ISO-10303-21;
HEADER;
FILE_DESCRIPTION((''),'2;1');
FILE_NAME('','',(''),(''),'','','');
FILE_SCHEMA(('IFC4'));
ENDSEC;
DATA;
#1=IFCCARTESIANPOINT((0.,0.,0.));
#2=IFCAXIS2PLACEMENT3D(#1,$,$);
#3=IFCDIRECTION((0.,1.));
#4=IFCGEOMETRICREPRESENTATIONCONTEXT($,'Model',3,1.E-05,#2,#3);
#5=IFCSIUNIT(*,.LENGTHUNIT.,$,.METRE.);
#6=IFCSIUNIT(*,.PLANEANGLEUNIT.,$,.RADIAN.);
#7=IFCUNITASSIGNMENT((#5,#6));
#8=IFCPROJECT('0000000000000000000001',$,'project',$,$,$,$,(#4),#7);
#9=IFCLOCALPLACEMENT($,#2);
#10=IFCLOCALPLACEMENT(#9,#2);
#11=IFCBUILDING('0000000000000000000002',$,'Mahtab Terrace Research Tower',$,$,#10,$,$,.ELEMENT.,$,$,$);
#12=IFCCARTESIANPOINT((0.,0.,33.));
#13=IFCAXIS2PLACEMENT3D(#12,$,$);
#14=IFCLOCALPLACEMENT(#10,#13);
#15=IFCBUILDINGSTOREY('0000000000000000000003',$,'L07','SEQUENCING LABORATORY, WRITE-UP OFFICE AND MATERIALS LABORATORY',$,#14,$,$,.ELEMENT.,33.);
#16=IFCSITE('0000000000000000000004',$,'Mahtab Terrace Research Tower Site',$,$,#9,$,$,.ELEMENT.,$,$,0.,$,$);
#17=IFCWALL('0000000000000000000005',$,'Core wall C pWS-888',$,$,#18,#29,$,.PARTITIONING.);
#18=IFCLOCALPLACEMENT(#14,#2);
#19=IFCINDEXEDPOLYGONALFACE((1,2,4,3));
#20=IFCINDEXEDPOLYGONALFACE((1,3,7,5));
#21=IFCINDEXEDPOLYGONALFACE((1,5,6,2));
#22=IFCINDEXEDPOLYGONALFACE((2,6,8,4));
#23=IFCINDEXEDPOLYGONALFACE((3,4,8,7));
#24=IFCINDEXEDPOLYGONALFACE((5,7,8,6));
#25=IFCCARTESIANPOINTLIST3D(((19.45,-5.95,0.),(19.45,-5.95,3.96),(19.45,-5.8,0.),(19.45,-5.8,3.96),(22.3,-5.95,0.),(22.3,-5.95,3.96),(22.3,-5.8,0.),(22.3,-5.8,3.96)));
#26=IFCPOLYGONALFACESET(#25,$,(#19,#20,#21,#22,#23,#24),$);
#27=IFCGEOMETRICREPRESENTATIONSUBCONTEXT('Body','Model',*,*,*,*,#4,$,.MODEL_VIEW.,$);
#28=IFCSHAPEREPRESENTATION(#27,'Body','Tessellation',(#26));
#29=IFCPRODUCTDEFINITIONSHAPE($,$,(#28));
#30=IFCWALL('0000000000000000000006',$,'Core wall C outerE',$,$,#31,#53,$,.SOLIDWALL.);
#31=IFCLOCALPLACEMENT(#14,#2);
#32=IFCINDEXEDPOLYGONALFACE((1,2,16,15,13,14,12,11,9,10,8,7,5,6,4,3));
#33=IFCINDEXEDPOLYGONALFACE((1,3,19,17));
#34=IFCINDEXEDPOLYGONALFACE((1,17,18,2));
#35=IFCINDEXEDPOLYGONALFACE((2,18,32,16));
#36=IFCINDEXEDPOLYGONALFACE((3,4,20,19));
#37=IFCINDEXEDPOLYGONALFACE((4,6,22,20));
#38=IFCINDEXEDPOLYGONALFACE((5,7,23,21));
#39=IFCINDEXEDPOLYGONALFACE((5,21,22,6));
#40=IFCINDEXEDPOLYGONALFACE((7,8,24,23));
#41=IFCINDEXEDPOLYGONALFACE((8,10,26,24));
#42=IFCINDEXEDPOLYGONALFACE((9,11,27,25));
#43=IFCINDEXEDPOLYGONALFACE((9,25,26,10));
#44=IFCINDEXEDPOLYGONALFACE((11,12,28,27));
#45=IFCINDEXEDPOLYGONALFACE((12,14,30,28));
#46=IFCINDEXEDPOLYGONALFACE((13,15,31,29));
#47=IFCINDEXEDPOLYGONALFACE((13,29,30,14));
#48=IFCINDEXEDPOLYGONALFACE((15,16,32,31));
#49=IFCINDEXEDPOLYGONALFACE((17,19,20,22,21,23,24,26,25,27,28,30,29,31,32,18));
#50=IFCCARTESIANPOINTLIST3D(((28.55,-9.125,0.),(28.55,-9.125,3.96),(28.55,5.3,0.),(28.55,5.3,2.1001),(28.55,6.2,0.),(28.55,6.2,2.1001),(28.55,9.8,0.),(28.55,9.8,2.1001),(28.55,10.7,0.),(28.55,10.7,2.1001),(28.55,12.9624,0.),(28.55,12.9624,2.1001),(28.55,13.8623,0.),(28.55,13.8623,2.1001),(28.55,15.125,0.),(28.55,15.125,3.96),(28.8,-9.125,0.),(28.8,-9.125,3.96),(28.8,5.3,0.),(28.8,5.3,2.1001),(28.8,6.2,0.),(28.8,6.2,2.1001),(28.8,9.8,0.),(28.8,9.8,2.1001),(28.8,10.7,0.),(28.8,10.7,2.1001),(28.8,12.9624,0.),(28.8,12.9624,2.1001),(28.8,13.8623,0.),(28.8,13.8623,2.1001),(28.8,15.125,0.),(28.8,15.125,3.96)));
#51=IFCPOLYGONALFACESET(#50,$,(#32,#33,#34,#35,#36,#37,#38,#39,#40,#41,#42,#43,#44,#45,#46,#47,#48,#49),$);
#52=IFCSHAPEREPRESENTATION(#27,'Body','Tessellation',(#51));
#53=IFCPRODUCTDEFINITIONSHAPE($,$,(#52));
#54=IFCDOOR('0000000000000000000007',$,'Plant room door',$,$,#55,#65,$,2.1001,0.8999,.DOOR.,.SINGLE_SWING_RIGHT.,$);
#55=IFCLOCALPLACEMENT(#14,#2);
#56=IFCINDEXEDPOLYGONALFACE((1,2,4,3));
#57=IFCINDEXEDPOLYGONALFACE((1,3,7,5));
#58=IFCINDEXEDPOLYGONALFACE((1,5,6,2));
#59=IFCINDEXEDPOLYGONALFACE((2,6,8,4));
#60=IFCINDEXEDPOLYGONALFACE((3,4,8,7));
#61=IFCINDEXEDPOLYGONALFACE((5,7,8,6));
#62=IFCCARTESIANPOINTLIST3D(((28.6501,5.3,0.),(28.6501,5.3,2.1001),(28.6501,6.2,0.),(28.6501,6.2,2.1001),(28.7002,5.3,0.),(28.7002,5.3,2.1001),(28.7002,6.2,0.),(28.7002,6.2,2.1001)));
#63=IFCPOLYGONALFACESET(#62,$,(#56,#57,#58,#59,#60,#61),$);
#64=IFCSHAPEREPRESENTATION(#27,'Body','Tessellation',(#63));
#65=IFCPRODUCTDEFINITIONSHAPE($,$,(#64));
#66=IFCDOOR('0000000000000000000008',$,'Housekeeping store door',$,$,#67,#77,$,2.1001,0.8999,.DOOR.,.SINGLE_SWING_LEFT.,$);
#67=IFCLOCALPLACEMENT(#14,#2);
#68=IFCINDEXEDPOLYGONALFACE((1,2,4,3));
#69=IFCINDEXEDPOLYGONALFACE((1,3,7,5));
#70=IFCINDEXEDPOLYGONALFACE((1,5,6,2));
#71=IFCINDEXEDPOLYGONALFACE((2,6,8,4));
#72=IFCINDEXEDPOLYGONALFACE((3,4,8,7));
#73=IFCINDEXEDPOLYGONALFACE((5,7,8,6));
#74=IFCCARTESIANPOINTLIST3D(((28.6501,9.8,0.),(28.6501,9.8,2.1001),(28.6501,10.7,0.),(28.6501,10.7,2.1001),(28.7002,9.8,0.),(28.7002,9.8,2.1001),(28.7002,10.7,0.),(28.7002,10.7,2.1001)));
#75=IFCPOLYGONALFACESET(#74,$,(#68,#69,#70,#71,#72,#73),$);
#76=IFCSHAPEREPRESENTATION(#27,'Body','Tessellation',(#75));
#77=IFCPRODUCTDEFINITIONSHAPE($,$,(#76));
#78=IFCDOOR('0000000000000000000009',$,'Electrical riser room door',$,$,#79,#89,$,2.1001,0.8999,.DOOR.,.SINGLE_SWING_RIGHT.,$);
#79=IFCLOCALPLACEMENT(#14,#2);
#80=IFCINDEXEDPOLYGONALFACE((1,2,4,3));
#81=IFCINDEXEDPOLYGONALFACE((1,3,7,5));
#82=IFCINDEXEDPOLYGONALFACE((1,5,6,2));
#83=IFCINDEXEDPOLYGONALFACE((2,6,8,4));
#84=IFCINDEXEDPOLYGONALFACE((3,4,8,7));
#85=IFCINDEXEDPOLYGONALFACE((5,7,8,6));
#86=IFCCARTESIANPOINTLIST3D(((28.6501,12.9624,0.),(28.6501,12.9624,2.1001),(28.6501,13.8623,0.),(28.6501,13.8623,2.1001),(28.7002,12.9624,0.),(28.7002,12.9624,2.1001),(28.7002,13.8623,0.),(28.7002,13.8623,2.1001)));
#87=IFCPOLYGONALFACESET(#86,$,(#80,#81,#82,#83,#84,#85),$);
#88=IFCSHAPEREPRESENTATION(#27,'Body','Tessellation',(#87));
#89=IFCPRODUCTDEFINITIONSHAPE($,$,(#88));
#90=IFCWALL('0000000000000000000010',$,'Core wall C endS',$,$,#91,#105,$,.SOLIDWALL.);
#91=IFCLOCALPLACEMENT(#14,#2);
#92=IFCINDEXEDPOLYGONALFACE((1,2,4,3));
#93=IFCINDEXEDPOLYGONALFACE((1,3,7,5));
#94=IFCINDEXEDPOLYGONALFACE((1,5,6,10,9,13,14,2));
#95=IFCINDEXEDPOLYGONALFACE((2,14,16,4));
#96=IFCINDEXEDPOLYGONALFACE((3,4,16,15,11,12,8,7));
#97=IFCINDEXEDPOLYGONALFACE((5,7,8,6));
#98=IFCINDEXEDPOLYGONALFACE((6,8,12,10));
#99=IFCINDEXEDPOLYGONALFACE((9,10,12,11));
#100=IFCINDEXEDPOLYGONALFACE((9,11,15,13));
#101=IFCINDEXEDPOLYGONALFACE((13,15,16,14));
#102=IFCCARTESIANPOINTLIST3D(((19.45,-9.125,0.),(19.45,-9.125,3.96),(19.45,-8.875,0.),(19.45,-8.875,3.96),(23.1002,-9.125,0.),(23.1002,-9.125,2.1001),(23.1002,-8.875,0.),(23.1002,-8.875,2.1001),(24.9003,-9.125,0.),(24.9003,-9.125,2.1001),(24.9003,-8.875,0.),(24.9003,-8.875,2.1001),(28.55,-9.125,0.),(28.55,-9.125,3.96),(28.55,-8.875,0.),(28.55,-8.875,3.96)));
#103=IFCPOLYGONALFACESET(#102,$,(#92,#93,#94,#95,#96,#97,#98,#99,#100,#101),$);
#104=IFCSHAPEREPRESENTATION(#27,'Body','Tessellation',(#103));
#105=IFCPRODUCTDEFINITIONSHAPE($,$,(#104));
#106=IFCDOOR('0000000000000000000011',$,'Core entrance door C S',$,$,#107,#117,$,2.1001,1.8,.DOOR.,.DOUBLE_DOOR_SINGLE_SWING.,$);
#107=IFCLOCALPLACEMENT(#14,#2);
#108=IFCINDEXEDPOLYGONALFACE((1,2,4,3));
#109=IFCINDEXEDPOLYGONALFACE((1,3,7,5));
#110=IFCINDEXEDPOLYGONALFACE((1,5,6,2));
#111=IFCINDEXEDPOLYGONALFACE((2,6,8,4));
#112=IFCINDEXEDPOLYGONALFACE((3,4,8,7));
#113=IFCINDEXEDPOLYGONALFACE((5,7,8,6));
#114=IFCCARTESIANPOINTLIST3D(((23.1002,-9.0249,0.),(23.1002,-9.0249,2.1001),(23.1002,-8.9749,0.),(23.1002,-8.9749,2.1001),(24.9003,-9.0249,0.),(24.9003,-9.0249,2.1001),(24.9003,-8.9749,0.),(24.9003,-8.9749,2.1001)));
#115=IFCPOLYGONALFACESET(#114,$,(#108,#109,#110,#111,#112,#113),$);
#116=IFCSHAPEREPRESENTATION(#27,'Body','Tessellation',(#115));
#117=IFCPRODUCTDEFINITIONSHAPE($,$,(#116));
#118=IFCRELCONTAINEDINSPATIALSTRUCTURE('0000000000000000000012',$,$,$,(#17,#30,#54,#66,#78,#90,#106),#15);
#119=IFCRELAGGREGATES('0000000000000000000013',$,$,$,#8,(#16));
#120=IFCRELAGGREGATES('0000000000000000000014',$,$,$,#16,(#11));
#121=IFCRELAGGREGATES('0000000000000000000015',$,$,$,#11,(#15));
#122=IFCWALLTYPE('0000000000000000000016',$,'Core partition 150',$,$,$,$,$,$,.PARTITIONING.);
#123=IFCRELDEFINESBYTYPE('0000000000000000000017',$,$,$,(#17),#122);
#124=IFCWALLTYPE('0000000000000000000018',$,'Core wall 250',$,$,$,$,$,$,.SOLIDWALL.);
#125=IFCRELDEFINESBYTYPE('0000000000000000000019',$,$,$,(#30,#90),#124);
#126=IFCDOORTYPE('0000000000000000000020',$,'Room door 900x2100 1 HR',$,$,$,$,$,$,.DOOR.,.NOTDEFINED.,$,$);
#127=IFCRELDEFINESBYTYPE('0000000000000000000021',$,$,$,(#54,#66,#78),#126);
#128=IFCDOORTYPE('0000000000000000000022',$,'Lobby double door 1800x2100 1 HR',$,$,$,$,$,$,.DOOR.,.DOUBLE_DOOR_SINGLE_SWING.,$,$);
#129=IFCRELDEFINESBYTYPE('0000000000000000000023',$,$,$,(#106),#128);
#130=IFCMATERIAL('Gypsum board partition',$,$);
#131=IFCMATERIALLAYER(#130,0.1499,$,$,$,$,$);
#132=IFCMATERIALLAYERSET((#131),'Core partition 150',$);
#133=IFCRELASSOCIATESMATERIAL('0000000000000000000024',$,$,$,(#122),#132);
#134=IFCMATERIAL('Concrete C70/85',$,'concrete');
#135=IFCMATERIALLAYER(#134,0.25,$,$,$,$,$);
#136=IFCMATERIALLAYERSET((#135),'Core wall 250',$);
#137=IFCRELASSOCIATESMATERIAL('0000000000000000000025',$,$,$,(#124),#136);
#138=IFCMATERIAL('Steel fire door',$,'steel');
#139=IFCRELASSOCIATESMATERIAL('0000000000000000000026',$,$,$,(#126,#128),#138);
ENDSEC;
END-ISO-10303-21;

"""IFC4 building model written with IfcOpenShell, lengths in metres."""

from ifc_helpers import new_model, si_unit, direction, frame, frame_2d, origin, place, context, subcontext, project, spatial, rectangle, extrude, material, layer, layer_set, type_object, element, fill, save


model = new_model("IFC4")

# Units and contexts
model_context = context("Model", 3, precision=1e-05, world=origin(), true_north=direction((0.0, 1.0)))
body_context = subcontext(model_context, "Body", "Model", "MODEL_VIEW")
ifc_project = project(units=[si_unit("LENGTHUNIT", "METRE"), si_unit("PLANEANGLEUNIT", "RADIAN")], contexts=[model_context])

# Site, building, storey
site_placement = place(None, origin())
site = spatial("IfcSite", under=ifc_project, at=site_placement, Name="Mahtab Terrace Research Tower Site", CompositionType="ELEMENT", RefElevation=0.0)
building_placement = place(site_placement, origin())
building = spatial("IfcBuilding", under=site, at=building_placement, Name="Mahtab Terrace Research Tower", CompositionType="ELEMENT")
storey_placement = place(building_placement, frame((0.0, 0.0, 33.0)))
storey = spatial("IfcBuildingStorey", under=building, at=storey_placement, Name="L07", Description="SEQUENCING LABORATORY, WRITE-UP OFFICE AND MATERIALS LABORATORY", CompositionType="ELEMENT", Elevation=33.0)

# Wall
ifc_material_1 = material(Name="Gypsum board partition")
ifc_layer_1 = layer(ifc_material_1, 0.1499)
ifc_layer_set_1 = layer_set([ifc_layer_1], Name="Core partition 150")
wall_type_1 = type_object("IfcWallType", Name="Core partition 150", PredefinedType="PARTITIONING", material=ifc_layer_set_1)
wall_1_placement = place(storey_placement, frame((19.45, -5.875, 0.0), z_axis=(0.0, 0.0, 1.0), x_axis=(1.0, 0.0, 0.0)))
element("IfcWall", 1, at=wall_1_placement, inside=storey, type_object=wall_type_1, Name="Core wall C pWS-888", PredefinedType="PARTITIONING", context=body_context, shape_type="SweptSolid", body=[
    extrude(rectangle(XDim=2.8501, YDim=0.1499, at=frame_2d((1.425, 0.0))), origin(), (0.0, 0.0, 1.0), 3.96),
])

# Wall, openings, doors
ifc_material_2 = material(Name="Concrete C70/85", Category="concrete")
ifc_layer_2 = layer(ifc_material_2, 0.25)
ifc_layer_set_2 = layer_set([ifc_layer_2], Name="Core wall 250")
wall_type_2 = type_object("IfcWallType", Name="Core wall 250", PredefinedType="SOLIDWALL", material=ifc_layer_set_2)
wall_2_placement = place(storey_placement, frame((28.675, -9.125, 0.0), z_axis=(0.0, 0.0, 1.0), x_axis=(0.0, 1.0, 0.0)))
wall_2 = element("IfcWall", 2, at=wall_2_placement, inside=storey, type_object=wall_type_2, Name="Core wall C outerE", PredefinedType="SOLIDWALL", context=body_context, shape_type="SweptSolid", body=[
    extrude(rectangle(XDim=24.25, YDim=0.25, at=frame_2d((12.125, 0.0))), origin(), (0.0, 0.0, 1.0), 3.96),
])
opening_1_placement = place(wall_2_placement, frame((14.425, 0.0, 0.0)))
opening_1 = element("IfcOpeningElement", 3, at=opening_1_placement, cuts=wall_2, PredefinedType="OPENING", context=body_context, shape_type="SweptSolid", body=[
    extrude(rectangle(XDim=0.8999, YDim=2.1001, at=frame_2d((0.45, 1.05))), frame((0.0, 0.135, 0.0), z_axis=(0.0, -1.0, 0.0), x_axis=(1.0, 0.0, 0.0)), (0.0, 0.0, 1.0), 0.27),
])
opening_2_placement = place(wall_2_placement, frame((18.925, 0.0, 0.0)))
opening_2 = element("IfcOpeningElement", 4, at=opening_2_placement, cuts=wall_2, PredefinedType="OPENING", context=body_context, shape_type="SweptSolid", body=[
    extrude(rectangle(XDim=0.8999, YDim=2.1001, at=frame_2d((0.45, 1.05))), frame((0.0, 0.135, 0.0), z_axis=(0.0, -1.0, 0.0), x_axis=(1.0, 0.0, 0.0)), (0.0, 0.0, 1.0), 0.27),
])
opening_3_placement = place(wall_2_placement, frame((22.0874, 0.0, 0.0)))
opening_3 = element("IfcOpeningElement", 5, at=opening_3_placement, cuts=wall_2, PredefinedType="OPENING", context=body_context, shape_type="SweptSolid", body=[
    extrude(rectangle(XDim=0.8999, YDim=2.1001, at=frame_2d((0.45, 1.05))), frame((0.0, 0.135, 0.0), z_axis=(0.0, -1.0, 0.0), x_axis=(1.0, 0.0, 0.0)), (0.0, 0.0, 1.0), 0.27),
])
ifc_material_3 = material(Name="Steel fire door", Category="steel")
door_type_1 = type_object("IfcDoorType", Name="Room door 900x2100 1 HR", OperationType="NOTDEFINED", PredefinedType="DOOR", material=ifc_material_3)
door_1_placement = place(opening_1_placement, origin())
door_1 = element("IfcDoor", 6, at=door_1_placement, inside=storey, type_object=door_type_1, Name="Plant room door", OperationType="SINGLE_SWING_RIGHT", OverallHeight=2.1001, OverallWidth=0.8999, PredefinedType="DOOR", context=body_context, shape_type="SweptSolid", body=[
    extrude(rectangle(XDim=0.8999, YDim=2.1001, at=frame_2d((0.45, 1.05))), frame((0.0, 0.0249, 0.0), z_axis=(0.0, -1.0, 0.0), x_axis=(1.0, 0.0, 0.0)), (0.0, 0.0, 1.0), 0.05),
])
fill(opening_1, door_1)
door_2_placement = place(opening_2_placement, origin())
door_2 = element("IfcDoor", 7, at=door_2_placement, inside=storey, type_object=door_type_1, Name="Housekeeping store door", OperationType="SINGLE_SWING_LEFT", OverallHeight=2.1001, OverallWidth=0.8999, PredefinedType="DOOR", context=body_context, shape_type="SweptSolid", body=[
    extrude(rectangle(XDim=0.8999, YDim=2.1001, at=frame_2d((0.45, 1.05))), frame((0.0, 0.0249, 0.0), z_axis=(0.0, -1.0, 0.0), x_axis=(1.0, 0.0, 0.0)), (0.0, 0.0, 1.0), 0.05),
])
fill(opening_2, door_2)
door_3_placement = place(opening_3_placement, origin())
door_3 = element("IfcDoor", 8, at=door_3_placement, inside=storey, type_object=door_type_1, Name="Electrical riser room door", OperationType="SINGLE_SWING_RIGHT", OverallHeight=2.1001, OverallWidth=0.8999, PredefinedType="DOOR", context=body_context, shape_type="SweptSolid", body=[
    extrude(rectangle(XDim=0.8999, YDim=2.1001, at=frame_2d((0.45, 1.05))), frame((0.0, 0.0249, 0.0), z_axis=(0.0, -1.0, 0.0), x_axis=(1.0, 0.0, 0.0)), (0.0, 0.0, 1.0), 0.05),
])
fill(opening_3, door_3)

# Wall, opening, door
wall_3_placement = place(storey_placement, frame((28.55, -9.0, 0.0), z_axis=(0.0, 0.0, 1.0), x_axis=(-1.0, 0.0, 0.0)))
wall_3 = element("IfcWall", 9, at=wall_3_placement, inside=storey, type_object=wall_type_2, Name="Core wall C endS", PredefinedType="SOLIDWALL", context=body_context, shape_type="SweptSolid", body=[
    extrude(rectangle(XDim=9.1001, YDim=0.25, at=frame_2d((4.55, 0.0))), origin(), (0.0, 0.0, 1.0), 3.96),
])
opening_4_placement = place(wall_3_placement, frame((3.6499, 0.0, 0.0)))
opening_4 = element("IfcOpeningElement", 10, at=opening_4_placement, cuts=wall_3, PredefinedType="OPENING", context=body_context, shape_type="SweptSolid", body=[
    extrude(rectangle(XDim=1.8, YDim=2.1001, at=frame_2d((0.8999, 1.05))), frame((0.0, 0.135, 0.0), z_axis=(0.0, -1.0, 0.0), x_axis=(1.0, 0.0, 0.0)), (0.0, 0.0, 1.0), 0.27),
])
door_type_2 = type_object("IfcDoorType", Name="Lobby double door 1800x2100 1 HR", OperationType="DOUBLE_DOOR_SINGLE_SWING", PredefinedType="DOOR", material=ifc_material_3)
door_4_placement = place(opening_4_placement, origin())
door_4 = element("IfcDoor", 11, at=door_4_placement, inside=storey, type_object=door_type_2, Name="Core entrance door C S", OperationType="DOUBLE_DOOR_SINGLE_SWING", OverallHeight=2.1001, OverallWidth=1.8, PredefinedType="DOOR", context=body_context, shape_type="SweptSolid", body=[
    extrude(rectangle(XDim=1.8, YDim=2.1001, at=frame_2d((0.8999, 1.05))), frame((0.0, 0.0249, 0.0), z_axis=(0.0, -1.0, 0.0), x_axis=(1.0, 0.0, 0.0)), (0.0, 0.0, 1.0), 0.05),
])
fill(opening_4, door_4)

save(model, "model.ifc")
